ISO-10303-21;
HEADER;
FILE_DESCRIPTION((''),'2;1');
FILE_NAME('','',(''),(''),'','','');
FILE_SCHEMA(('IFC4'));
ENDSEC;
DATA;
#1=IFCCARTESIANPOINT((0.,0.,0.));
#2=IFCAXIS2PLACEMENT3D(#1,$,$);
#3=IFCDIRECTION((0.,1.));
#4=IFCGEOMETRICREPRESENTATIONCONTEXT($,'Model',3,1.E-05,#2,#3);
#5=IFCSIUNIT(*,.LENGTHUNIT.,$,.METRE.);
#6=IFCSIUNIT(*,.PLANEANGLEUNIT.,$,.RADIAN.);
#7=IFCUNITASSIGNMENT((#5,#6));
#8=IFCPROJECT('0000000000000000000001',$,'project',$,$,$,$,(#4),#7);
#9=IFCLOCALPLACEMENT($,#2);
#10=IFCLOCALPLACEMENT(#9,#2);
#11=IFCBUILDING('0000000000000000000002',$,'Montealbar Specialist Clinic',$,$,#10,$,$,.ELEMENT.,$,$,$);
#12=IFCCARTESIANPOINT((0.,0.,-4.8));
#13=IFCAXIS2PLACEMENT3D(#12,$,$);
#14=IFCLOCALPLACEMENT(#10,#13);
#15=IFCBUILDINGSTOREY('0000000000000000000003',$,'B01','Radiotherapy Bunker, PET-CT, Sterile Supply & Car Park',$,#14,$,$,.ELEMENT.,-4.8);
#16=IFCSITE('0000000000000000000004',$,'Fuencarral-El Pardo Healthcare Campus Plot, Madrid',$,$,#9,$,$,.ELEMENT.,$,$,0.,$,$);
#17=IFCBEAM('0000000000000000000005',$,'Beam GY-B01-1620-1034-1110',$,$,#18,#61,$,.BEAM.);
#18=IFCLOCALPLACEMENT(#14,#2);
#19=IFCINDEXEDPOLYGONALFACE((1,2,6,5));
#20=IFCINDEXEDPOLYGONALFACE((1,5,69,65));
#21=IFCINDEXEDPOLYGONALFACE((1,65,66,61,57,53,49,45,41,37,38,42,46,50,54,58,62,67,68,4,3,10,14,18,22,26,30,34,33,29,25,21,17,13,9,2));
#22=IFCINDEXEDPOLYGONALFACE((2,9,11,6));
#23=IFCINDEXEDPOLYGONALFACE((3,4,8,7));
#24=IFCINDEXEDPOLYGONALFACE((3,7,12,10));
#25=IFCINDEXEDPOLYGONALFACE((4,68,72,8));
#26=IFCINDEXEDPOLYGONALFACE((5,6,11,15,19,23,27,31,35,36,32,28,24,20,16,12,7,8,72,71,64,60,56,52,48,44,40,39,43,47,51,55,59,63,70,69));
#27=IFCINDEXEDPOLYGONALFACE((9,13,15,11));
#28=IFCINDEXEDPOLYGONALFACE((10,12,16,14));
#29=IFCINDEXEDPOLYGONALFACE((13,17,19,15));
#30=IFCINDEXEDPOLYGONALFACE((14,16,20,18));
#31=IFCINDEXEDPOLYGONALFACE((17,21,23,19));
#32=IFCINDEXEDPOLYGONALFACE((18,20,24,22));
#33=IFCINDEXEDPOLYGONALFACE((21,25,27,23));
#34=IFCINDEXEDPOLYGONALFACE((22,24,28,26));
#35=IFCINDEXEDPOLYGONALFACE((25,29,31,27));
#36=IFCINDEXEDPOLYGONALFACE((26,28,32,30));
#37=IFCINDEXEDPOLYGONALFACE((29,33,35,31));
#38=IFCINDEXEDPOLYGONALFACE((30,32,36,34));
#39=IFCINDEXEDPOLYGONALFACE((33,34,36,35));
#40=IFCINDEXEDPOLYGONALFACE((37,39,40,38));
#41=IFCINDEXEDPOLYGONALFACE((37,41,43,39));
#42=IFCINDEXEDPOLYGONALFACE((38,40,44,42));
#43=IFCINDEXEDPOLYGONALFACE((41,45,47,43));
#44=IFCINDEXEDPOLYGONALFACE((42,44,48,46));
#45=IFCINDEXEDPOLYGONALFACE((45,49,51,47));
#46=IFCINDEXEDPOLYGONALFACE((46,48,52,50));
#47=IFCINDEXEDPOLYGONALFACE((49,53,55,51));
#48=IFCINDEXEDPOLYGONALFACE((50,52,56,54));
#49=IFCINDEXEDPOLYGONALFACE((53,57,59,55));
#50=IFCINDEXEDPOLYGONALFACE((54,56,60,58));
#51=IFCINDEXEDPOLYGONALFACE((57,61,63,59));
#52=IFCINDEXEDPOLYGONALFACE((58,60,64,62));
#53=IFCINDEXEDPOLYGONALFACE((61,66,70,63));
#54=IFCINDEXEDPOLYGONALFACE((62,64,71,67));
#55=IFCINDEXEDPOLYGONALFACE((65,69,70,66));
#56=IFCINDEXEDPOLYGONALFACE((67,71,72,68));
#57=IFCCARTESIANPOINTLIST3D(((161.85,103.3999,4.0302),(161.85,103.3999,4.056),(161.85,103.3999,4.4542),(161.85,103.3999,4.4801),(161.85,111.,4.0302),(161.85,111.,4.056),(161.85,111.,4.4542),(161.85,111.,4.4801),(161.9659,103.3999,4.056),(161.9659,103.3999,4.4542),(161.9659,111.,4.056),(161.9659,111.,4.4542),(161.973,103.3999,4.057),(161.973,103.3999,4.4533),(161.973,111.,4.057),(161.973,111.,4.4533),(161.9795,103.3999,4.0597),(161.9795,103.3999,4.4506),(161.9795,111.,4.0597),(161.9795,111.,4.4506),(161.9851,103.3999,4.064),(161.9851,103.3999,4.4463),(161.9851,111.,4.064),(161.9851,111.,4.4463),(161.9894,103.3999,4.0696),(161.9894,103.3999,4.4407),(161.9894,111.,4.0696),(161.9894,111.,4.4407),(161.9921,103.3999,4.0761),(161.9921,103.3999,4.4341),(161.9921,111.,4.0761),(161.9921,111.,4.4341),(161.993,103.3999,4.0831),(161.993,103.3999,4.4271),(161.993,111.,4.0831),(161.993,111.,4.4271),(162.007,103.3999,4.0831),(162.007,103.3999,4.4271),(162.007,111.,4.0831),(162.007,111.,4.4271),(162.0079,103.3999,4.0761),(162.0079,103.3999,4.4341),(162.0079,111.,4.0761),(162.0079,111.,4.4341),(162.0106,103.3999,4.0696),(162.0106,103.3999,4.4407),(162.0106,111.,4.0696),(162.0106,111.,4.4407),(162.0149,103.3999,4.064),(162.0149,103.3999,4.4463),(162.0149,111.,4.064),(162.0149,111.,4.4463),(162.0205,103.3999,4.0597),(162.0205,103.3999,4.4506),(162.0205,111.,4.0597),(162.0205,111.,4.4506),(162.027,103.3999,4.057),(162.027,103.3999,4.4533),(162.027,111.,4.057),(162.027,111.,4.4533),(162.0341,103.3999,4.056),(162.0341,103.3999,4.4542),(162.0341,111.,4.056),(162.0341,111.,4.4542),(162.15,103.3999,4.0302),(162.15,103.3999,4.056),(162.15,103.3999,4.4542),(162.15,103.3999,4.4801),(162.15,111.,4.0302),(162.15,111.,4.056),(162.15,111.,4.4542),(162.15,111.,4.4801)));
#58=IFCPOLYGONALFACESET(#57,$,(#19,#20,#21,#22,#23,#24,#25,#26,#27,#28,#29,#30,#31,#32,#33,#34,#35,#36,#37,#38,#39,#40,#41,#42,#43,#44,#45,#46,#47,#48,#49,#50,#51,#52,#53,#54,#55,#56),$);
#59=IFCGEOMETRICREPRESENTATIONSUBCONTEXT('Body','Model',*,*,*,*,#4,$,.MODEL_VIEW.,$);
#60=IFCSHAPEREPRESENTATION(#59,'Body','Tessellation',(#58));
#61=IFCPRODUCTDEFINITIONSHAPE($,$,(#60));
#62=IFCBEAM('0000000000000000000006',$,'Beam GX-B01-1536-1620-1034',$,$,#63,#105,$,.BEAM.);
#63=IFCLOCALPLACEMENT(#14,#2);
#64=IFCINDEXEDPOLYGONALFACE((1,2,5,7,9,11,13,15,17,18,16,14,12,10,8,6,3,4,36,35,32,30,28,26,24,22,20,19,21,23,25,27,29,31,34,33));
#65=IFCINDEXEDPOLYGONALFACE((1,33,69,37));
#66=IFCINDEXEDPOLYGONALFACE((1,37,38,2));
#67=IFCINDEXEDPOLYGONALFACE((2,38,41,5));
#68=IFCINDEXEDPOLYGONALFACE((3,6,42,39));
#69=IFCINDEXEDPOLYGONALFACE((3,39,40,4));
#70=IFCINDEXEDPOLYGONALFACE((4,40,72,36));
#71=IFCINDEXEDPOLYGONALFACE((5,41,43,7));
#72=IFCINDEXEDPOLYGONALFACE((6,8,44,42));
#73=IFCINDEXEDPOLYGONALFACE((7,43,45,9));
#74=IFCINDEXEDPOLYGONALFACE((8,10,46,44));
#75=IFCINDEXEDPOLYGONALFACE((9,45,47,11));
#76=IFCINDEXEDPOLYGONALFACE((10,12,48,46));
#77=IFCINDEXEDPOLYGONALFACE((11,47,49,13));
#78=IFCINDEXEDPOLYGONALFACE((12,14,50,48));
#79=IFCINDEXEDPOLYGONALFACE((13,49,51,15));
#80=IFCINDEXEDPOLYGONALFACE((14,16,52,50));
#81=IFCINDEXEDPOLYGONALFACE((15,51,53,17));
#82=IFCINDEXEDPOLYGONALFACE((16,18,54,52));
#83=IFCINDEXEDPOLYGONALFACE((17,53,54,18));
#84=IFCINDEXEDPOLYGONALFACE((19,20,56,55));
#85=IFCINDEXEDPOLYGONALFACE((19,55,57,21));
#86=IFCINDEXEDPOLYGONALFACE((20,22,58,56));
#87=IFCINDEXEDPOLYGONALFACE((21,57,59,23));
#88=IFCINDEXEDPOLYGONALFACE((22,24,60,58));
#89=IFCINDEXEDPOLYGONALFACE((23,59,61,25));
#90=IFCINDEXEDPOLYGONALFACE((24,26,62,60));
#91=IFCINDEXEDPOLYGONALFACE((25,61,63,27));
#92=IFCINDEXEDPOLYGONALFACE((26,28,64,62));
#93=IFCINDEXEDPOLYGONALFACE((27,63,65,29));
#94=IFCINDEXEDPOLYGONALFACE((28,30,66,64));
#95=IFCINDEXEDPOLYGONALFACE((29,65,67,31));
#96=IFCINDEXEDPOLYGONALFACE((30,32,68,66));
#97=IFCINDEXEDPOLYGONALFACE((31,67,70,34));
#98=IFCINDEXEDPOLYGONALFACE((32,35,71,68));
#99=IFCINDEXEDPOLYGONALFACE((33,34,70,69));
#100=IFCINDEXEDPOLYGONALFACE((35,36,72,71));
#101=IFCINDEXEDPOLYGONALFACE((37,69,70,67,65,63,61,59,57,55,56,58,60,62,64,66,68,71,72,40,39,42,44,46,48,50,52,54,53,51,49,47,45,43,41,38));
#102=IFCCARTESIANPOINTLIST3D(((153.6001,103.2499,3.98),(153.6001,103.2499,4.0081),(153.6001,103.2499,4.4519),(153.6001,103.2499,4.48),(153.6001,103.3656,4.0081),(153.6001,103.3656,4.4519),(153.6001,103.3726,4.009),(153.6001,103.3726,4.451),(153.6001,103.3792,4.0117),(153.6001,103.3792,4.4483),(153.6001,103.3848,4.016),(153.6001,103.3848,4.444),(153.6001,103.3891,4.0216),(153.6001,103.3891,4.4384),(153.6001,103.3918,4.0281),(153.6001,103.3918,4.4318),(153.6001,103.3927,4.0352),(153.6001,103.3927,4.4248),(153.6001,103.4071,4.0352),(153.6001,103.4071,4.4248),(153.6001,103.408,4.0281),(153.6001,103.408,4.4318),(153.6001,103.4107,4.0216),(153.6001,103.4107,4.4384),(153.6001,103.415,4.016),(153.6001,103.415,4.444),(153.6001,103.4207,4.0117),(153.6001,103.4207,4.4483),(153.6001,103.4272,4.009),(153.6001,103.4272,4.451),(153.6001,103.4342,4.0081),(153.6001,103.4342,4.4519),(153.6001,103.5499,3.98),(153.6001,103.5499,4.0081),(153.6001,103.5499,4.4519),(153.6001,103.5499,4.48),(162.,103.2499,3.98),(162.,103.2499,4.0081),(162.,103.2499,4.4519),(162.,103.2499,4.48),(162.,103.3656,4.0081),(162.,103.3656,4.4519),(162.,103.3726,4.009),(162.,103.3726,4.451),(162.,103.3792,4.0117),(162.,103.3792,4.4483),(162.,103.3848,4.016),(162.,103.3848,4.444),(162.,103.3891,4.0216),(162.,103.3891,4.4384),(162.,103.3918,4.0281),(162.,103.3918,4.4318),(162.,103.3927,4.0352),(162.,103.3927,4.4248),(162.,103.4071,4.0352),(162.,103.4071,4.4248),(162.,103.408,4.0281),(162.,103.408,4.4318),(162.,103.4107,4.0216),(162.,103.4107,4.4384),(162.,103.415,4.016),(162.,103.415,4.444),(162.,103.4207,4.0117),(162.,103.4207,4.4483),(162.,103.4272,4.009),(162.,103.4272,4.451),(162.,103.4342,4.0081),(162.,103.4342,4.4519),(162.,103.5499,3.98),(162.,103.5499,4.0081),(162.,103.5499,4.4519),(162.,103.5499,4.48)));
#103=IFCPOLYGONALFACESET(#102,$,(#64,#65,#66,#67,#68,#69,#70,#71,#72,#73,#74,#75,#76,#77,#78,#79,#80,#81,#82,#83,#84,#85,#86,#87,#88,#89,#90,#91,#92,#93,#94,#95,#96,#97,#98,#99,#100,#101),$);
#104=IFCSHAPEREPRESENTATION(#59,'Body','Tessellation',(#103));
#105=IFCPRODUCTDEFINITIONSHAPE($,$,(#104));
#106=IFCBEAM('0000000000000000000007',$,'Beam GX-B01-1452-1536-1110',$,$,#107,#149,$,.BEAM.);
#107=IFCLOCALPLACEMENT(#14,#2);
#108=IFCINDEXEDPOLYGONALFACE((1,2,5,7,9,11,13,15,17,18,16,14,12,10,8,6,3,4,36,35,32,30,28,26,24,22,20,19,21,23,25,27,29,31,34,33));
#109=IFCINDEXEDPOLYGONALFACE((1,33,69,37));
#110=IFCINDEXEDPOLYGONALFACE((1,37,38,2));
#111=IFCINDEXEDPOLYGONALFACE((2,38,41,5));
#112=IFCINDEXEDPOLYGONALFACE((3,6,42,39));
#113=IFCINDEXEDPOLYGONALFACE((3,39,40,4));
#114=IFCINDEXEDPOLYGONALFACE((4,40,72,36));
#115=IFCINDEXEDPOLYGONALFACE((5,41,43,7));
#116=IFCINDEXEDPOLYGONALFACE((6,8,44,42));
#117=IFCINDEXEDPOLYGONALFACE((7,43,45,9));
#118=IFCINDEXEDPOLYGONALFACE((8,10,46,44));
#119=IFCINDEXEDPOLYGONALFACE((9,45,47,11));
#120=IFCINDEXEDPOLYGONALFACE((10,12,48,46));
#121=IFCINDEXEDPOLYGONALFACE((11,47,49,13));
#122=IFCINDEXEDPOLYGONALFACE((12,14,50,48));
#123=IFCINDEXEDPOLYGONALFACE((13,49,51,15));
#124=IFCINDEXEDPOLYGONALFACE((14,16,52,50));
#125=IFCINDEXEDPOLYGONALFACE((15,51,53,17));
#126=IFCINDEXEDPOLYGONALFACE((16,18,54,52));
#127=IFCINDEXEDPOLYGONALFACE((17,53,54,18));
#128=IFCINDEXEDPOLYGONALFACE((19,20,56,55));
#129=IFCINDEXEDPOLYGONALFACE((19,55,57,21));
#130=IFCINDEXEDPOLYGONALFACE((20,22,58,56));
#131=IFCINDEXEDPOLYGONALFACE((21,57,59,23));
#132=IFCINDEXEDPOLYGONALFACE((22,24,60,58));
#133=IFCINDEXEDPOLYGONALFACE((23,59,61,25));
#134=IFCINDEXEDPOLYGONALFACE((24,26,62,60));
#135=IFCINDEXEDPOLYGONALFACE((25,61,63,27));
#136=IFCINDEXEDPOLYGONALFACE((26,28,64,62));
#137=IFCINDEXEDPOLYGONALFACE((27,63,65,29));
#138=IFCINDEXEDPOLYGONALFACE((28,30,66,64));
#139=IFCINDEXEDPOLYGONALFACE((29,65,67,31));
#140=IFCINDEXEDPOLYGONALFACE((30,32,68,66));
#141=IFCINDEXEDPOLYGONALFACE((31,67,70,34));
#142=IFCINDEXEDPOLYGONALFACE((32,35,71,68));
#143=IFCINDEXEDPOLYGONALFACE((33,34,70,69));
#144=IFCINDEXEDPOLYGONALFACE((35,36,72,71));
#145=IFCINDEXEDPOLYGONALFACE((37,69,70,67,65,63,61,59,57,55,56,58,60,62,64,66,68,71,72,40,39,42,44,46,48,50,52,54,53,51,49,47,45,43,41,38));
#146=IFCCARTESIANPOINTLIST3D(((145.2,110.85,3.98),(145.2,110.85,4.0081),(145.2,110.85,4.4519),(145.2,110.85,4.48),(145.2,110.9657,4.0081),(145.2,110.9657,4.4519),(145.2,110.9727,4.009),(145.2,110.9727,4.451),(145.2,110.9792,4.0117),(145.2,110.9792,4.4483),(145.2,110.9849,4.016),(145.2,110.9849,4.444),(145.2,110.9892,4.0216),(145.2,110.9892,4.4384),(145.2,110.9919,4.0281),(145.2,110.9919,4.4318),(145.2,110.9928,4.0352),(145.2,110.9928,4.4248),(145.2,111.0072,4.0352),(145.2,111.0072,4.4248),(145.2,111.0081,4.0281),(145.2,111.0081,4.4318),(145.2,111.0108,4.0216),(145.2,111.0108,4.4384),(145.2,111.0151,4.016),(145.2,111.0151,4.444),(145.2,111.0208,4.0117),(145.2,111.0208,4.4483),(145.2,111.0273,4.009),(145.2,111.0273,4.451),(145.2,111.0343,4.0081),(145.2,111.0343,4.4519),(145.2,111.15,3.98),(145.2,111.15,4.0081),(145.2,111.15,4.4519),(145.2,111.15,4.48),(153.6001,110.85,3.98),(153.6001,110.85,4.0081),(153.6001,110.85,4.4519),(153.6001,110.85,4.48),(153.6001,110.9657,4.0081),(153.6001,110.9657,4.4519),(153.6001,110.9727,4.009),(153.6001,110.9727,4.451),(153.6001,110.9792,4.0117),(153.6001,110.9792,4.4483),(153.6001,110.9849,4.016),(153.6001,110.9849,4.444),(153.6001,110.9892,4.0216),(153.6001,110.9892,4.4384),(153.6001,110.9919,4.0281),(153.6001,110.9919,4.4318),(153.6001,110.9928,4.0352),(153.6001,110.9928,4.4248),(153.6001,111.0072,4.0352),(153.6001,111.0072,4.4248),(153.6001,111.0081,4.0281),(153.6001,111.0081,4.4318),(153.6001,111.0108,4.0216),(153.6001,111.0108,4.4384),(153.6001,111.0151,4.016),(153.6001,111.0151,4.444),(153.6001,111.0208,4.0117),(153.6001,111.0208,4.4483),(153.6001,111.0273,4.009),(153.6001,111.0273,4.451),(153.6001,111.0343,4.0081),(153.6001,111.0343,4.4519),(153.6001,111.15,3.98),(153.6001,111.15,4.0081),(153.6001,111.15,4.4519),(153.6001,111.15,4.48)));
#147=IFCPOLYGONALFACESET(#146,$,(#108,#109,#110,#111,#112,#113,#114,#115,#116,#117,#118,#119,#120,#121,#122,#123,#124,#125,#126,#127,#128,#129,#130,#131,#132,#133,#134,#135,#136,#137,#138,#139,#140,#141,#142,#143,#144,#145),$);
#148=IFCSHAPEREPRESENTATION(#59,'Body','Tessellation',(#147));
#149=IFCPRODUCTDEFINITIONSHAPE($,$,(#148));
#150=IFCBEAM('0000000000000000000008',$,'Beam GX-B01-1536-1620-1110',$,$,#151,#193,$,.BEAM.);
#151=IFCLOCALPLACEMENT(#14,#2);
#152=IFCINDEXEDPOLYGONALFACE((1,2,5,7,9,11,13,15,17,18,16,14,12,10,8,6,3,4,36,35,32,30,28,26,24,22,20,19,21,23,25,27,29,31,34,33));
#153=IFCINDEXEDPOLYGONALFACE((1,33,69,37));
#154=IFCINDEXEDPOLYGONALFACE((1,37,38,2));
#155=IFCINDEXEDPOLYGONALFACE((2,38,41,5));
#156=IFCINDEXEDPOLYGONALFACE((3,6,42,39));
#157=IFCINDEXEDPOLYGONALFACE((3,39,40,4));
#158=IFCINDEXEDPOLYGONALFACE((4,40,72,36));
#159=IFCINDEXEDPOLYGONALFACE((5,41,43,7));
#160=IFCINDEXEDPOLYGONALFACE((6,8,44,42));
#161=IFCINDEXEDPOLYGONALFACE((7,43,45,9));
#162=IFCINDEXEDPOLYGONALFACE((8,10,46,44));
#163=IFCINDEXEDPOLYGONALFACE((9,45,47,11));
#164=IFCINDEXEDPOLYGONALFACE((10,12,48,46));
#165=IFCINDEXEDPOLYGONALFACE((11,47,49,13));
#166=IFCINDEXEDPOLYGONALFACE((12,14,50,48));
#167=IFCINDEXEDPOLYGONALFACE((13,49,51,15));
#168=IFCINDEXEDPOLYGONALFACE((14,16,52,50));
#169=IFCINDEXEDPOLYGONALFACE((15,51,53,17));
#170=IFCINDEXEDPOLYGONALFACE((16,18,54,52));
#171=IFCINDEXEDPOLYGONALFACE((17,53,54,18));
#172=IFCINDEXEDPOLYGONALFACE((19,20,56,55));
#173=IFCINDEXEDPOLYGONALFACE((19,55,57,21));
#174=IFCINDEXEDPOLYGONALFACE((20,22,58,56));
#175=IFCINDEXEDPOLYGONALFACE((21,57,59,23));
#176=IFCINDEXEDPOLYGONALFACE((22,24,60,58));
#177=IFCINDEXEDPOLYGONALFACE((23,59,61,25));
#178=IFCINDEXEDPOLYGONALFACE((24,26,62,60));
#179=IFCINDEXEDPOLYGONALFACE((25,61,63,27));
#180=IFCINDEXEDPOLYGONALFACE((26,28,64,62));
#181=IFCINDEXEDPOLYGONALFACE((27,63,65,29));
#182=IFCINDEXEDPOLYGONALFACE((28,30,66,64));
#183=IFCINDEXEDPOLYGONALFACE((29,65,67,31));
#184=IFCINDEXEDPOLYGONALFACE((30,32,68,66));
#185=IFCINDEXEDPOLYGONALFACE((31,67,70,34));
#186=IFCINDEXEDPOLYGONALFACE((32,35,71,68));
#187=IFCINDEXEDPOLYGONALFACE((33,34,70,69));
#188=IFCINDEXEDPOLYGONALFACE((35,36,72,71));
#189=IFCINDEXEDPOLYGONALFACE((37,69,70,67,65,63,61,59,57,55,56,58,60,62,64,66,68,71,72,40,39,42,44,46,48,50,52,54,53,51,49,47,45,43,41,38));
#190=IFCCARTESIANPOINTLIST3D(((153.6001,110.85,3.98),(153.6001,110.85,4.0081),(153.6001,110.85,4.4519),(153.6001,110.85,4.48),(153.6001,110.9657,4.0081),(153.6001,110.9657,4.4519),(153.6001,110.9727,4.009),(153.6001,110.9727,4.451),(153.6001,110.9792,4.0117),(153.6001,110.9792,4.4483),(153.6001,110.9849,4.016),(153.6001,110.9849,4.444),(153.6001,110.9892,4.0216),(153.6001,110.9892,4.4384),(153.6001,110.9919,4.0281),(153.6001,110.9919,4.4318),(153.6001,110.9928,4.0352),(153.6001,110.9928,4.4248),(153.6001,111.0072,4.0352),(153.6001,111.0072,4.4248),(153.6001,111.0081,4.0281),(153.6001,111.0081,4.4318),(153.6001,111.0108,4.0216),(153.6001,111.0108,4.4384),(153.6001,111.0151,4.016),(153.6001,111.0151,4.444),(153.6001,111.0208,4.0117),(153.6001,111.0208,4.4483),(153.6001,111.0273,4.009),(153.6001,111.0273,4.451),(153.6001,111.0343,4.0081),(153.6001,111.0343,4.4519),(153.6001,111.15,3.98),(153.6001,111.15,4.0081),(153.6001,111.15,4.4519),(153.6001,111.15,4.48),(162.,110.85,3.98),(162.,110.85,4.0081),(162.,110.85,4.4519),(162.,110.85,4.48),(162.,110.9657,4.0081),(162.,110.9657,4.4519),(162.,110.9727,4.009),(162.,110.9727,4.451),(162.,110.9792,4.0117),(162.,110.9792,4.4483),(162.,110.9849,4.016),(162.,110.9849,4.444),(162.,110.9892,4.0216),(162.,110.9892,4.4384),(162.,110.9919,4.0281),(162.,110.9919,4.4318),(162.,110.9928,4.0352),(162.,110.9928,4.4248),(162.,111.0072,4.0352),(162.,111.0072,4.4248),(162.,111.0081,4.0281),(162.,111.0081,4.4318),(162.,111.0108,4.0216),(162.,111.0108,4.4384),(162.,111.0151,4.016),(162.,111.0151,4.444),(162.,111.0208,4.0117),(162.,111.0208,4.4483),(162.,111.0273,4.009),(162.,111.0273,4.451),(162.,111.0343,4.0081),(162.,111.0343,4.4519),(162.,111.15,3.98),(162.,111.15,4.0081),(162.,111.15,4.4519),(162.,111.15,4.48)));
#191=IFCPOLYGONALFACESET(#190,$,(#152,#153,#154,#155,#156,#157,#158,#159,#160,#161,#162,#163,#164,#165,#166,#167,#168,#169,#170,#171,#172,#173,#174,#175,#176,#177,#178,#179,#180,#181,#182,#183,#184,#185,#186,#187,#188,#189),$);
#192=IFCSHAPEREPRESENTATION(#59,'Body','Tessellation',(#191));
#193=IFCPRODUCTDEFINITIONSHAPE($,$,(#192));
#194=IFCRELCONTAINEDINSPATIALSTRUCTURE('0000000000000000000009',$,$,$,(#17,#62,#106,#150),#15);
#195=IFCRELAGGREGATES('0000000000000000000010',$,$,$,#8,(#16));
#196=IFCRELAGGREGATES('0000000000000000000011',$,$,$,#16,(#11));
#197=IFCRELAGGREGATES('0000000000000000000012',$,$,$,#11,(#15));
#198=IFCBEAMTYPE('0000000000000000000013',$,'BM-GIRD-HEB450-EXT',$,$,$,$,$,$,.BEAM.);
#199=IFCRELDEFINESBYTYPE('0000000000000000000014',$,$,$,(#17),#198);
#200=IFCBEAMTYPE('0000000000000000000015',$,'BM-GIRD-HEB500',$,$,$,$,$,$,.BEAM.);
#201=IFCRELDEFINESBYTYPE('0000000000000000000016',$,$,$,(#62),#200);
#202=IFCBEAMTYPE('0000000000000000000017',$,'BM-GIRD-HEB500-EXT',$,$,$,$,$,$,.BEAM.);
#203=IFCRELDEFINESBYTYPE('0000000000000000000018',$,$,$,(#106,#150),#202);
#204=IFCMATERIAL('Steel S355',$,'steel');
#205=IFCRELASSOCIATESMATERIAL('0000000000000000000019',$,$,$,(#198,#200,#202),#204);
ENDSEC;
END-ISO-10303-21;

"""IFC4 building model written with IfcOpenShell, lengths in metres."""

from ifc_helpers import new_model, si_unit, direction, frame, origin, origin_2d, place, context, subcontext, project, spatial, i_section, extrude, material, material_profile, profile_set, type_object, element, save


model = new_model("IFC4")

# Units and contexts
model_context = context("Model", 3, precision=1e-05, world=origin(), true_north=direction((0.0, 1.0)))
body_context = subcontext(model_context, "Body", "Model", "MODEL_VIEW")
ifc_project = project(units=[si_unit("LENGTHUNIT", "METRE"), si_unit("PLANEANGLEUNIT", "RADIAN")], contexts=[model_context])

# Site, building, storey
site_placement = place(None, origin())
site = spatial("IfcSite", under=ifc_project, at=site_placement, Name="Fuencarral-El Pardo Healthcare Campus Plot, Madrid", CompositionType="ELEMENT", RefElevation=0.0)
building_placement = place(site_placement, origin())
building = spatial("IfcBuilding", under=site, at=building_placement, Name="Montealbar Specialist Clinic", CompositionType="ELEMENT")
storey_placement = place(building_placement, frame((0.0, 0.0, -4.8)))
storey = spatial("IfcBuildingStorey", under=building, at=storey_placement, Name="B01", Description="Radiotherapy Bunker, PET-CT, Sterile Supply & Car Park", CompositionType="ELEMENT", Elevation=-4.8)

# Shared definitions
ifc_material_1 = material(Name="Steel S355", Category="steel")

# Beams
ifc_material_profile_1 = material_profile(ifc_material_1, i_section(OverallWidth=0.3, OverallDepth=0.45, WebThickness=0.0139, FlangeThickness=0.0259, FilletRadius=0.0271, at=origin_2d()), Name="HEB 450", Category="steel")
ifc_profile_set_1 = profile_set([ifc_material_profile_1], Name="Steel S355")
beam_type_1 = type_object("IfcBeamType", Name="BM-GIRD-HEB450-EXT", PredefinedType="BEAM", material=ifc_profile_set_1)
beam_1_placement = place(storey_placement, frame((162.0, 103.3999, 4.2551), z_axis=(0.0, 1.0, 0.0), x_axis=(-1.0, 0.0, 0.0)))
element("IfcBeam", 1, at=beam_1_placement, inside=storey, type_object=beam_type_1, Name="Beam GY-B01-1620-1034-1110", PredefinedType="BEAM", context=body_context, shape_type="SweptSolid", body=[
    extrude(i_section(OverallWidth=0.3, OverallDepth=0.45, WebThickness=0.0139, FlangeThickness=0.0259, FilletRadius=0.0271, at=origin_2d()), origin(), (0.0, 0.0, 1.0), 7.6001),
])
ifc_material_profile_2 = material_profile(ifc_material_1, i_section(OverallWidth=0.3, OverallDepth=0.5, WebThickness=0.0144, FlangeThickness=0.0281, FilletRadius=0.0271, at=origin_2d()), Name="HEB 500", Category="steel")
ifc_profile_set_2 = profile_set([ifc_material_profile_2], Name="Steel S355")
beam_type_2 = type_object("IfcBeamType", Name="BM-GIRD-HEB500", PredefinedType="BEAM", material=ifc_profile_set_2)
beam_2_placement = place(storey_placement, frame((153.6001, 103.3999, 4.23), z_axis=(1.0, 0.0, 0.0), x_axis=(0.0, 1.0, 0.0)))
element("IfcBeam", 2, at=beam_2_placement, inside=storey, type_object=beam_type_2, Name="Beam GX-B01-1536-1620-1034", PredefinedType="BEAM", context=body_context, shape_type="SweptSolid", body=[
    extrude(i_section(OverallWidth=0.3, OverallDepth=0.5, WebThickness=0.0144, FlangeThickness=0.0281, FilletRadius=0.0271, at=origin_2d()), origin(), (0.0, 0.0, 1.0), 8.3999),
])
ifc_material_profile_3 = material_profile(ifc_material_1, i_section(OverallWidth=0.3, OverallDepth=0.5, WebThickness=0.0144, FlangeThickness=0.0281, FilletRadius=0.0271, at=origin_2d()), Name="HEB 500", Category="steel")
ifc_profile_set_3 = profile_set([ifc_material_profile_3], Name="Steel S355")
beam_type_3 = type_object("IfcBeamType", Name="BM-GIRD-HEB500-EXT", PredefinedType="BEAM", material=ifc_profile_set_3)
beam_3_placement = place(storey_placement, frame((145.2, 111.0, 4.23), z_axis=(1.0, 0.0, 0.0), x_axis=(0.0, 1.0, 0.0)))
element("IfcBeam", 3, at=beam_3_placement, inside=storey, type_object=beam_type_3, Name="Beam GX-B01-1452-1536-1110", PredefinedType="BEAM", context=body_context, shape_type="SweptSolid", body=[
    extrude(i_section(OverallWidth=0.3, OverallDepth=0.5, WebThickness=0.0144, FlangeThickness=0.0281, FilletRadius=0.0271, at=origin_2d()), origin(), (0.0, 0.0, 1.0), 8.4001),
])
beam_4_placement = place(storey_placement, frame((153.6001, 111.0, 4.23), z_axis=(1.0, 0.0, 0.0), x_axis=(0.0, 1.0, 0.0)))
element("IfcBeam", 4, at=beam_4_placement, inside=storey, type_object=beam_type_3, Name="Beam GX-B01-1536-1620-1110", PredefinedType="BEAM", context=body_context, shape_type="SweptSolid", body=[
    extrude(i_section(OverallWidth=0.3, OverallDepth=0.5, WebThickness=0.0144, FlangeThickness=0.0281, FilletRadius=0.0271, at=origin_2d()), origin(), (0.0, 0.0, 1.0), 8.3999),
])

save(model, "model.ifc")
